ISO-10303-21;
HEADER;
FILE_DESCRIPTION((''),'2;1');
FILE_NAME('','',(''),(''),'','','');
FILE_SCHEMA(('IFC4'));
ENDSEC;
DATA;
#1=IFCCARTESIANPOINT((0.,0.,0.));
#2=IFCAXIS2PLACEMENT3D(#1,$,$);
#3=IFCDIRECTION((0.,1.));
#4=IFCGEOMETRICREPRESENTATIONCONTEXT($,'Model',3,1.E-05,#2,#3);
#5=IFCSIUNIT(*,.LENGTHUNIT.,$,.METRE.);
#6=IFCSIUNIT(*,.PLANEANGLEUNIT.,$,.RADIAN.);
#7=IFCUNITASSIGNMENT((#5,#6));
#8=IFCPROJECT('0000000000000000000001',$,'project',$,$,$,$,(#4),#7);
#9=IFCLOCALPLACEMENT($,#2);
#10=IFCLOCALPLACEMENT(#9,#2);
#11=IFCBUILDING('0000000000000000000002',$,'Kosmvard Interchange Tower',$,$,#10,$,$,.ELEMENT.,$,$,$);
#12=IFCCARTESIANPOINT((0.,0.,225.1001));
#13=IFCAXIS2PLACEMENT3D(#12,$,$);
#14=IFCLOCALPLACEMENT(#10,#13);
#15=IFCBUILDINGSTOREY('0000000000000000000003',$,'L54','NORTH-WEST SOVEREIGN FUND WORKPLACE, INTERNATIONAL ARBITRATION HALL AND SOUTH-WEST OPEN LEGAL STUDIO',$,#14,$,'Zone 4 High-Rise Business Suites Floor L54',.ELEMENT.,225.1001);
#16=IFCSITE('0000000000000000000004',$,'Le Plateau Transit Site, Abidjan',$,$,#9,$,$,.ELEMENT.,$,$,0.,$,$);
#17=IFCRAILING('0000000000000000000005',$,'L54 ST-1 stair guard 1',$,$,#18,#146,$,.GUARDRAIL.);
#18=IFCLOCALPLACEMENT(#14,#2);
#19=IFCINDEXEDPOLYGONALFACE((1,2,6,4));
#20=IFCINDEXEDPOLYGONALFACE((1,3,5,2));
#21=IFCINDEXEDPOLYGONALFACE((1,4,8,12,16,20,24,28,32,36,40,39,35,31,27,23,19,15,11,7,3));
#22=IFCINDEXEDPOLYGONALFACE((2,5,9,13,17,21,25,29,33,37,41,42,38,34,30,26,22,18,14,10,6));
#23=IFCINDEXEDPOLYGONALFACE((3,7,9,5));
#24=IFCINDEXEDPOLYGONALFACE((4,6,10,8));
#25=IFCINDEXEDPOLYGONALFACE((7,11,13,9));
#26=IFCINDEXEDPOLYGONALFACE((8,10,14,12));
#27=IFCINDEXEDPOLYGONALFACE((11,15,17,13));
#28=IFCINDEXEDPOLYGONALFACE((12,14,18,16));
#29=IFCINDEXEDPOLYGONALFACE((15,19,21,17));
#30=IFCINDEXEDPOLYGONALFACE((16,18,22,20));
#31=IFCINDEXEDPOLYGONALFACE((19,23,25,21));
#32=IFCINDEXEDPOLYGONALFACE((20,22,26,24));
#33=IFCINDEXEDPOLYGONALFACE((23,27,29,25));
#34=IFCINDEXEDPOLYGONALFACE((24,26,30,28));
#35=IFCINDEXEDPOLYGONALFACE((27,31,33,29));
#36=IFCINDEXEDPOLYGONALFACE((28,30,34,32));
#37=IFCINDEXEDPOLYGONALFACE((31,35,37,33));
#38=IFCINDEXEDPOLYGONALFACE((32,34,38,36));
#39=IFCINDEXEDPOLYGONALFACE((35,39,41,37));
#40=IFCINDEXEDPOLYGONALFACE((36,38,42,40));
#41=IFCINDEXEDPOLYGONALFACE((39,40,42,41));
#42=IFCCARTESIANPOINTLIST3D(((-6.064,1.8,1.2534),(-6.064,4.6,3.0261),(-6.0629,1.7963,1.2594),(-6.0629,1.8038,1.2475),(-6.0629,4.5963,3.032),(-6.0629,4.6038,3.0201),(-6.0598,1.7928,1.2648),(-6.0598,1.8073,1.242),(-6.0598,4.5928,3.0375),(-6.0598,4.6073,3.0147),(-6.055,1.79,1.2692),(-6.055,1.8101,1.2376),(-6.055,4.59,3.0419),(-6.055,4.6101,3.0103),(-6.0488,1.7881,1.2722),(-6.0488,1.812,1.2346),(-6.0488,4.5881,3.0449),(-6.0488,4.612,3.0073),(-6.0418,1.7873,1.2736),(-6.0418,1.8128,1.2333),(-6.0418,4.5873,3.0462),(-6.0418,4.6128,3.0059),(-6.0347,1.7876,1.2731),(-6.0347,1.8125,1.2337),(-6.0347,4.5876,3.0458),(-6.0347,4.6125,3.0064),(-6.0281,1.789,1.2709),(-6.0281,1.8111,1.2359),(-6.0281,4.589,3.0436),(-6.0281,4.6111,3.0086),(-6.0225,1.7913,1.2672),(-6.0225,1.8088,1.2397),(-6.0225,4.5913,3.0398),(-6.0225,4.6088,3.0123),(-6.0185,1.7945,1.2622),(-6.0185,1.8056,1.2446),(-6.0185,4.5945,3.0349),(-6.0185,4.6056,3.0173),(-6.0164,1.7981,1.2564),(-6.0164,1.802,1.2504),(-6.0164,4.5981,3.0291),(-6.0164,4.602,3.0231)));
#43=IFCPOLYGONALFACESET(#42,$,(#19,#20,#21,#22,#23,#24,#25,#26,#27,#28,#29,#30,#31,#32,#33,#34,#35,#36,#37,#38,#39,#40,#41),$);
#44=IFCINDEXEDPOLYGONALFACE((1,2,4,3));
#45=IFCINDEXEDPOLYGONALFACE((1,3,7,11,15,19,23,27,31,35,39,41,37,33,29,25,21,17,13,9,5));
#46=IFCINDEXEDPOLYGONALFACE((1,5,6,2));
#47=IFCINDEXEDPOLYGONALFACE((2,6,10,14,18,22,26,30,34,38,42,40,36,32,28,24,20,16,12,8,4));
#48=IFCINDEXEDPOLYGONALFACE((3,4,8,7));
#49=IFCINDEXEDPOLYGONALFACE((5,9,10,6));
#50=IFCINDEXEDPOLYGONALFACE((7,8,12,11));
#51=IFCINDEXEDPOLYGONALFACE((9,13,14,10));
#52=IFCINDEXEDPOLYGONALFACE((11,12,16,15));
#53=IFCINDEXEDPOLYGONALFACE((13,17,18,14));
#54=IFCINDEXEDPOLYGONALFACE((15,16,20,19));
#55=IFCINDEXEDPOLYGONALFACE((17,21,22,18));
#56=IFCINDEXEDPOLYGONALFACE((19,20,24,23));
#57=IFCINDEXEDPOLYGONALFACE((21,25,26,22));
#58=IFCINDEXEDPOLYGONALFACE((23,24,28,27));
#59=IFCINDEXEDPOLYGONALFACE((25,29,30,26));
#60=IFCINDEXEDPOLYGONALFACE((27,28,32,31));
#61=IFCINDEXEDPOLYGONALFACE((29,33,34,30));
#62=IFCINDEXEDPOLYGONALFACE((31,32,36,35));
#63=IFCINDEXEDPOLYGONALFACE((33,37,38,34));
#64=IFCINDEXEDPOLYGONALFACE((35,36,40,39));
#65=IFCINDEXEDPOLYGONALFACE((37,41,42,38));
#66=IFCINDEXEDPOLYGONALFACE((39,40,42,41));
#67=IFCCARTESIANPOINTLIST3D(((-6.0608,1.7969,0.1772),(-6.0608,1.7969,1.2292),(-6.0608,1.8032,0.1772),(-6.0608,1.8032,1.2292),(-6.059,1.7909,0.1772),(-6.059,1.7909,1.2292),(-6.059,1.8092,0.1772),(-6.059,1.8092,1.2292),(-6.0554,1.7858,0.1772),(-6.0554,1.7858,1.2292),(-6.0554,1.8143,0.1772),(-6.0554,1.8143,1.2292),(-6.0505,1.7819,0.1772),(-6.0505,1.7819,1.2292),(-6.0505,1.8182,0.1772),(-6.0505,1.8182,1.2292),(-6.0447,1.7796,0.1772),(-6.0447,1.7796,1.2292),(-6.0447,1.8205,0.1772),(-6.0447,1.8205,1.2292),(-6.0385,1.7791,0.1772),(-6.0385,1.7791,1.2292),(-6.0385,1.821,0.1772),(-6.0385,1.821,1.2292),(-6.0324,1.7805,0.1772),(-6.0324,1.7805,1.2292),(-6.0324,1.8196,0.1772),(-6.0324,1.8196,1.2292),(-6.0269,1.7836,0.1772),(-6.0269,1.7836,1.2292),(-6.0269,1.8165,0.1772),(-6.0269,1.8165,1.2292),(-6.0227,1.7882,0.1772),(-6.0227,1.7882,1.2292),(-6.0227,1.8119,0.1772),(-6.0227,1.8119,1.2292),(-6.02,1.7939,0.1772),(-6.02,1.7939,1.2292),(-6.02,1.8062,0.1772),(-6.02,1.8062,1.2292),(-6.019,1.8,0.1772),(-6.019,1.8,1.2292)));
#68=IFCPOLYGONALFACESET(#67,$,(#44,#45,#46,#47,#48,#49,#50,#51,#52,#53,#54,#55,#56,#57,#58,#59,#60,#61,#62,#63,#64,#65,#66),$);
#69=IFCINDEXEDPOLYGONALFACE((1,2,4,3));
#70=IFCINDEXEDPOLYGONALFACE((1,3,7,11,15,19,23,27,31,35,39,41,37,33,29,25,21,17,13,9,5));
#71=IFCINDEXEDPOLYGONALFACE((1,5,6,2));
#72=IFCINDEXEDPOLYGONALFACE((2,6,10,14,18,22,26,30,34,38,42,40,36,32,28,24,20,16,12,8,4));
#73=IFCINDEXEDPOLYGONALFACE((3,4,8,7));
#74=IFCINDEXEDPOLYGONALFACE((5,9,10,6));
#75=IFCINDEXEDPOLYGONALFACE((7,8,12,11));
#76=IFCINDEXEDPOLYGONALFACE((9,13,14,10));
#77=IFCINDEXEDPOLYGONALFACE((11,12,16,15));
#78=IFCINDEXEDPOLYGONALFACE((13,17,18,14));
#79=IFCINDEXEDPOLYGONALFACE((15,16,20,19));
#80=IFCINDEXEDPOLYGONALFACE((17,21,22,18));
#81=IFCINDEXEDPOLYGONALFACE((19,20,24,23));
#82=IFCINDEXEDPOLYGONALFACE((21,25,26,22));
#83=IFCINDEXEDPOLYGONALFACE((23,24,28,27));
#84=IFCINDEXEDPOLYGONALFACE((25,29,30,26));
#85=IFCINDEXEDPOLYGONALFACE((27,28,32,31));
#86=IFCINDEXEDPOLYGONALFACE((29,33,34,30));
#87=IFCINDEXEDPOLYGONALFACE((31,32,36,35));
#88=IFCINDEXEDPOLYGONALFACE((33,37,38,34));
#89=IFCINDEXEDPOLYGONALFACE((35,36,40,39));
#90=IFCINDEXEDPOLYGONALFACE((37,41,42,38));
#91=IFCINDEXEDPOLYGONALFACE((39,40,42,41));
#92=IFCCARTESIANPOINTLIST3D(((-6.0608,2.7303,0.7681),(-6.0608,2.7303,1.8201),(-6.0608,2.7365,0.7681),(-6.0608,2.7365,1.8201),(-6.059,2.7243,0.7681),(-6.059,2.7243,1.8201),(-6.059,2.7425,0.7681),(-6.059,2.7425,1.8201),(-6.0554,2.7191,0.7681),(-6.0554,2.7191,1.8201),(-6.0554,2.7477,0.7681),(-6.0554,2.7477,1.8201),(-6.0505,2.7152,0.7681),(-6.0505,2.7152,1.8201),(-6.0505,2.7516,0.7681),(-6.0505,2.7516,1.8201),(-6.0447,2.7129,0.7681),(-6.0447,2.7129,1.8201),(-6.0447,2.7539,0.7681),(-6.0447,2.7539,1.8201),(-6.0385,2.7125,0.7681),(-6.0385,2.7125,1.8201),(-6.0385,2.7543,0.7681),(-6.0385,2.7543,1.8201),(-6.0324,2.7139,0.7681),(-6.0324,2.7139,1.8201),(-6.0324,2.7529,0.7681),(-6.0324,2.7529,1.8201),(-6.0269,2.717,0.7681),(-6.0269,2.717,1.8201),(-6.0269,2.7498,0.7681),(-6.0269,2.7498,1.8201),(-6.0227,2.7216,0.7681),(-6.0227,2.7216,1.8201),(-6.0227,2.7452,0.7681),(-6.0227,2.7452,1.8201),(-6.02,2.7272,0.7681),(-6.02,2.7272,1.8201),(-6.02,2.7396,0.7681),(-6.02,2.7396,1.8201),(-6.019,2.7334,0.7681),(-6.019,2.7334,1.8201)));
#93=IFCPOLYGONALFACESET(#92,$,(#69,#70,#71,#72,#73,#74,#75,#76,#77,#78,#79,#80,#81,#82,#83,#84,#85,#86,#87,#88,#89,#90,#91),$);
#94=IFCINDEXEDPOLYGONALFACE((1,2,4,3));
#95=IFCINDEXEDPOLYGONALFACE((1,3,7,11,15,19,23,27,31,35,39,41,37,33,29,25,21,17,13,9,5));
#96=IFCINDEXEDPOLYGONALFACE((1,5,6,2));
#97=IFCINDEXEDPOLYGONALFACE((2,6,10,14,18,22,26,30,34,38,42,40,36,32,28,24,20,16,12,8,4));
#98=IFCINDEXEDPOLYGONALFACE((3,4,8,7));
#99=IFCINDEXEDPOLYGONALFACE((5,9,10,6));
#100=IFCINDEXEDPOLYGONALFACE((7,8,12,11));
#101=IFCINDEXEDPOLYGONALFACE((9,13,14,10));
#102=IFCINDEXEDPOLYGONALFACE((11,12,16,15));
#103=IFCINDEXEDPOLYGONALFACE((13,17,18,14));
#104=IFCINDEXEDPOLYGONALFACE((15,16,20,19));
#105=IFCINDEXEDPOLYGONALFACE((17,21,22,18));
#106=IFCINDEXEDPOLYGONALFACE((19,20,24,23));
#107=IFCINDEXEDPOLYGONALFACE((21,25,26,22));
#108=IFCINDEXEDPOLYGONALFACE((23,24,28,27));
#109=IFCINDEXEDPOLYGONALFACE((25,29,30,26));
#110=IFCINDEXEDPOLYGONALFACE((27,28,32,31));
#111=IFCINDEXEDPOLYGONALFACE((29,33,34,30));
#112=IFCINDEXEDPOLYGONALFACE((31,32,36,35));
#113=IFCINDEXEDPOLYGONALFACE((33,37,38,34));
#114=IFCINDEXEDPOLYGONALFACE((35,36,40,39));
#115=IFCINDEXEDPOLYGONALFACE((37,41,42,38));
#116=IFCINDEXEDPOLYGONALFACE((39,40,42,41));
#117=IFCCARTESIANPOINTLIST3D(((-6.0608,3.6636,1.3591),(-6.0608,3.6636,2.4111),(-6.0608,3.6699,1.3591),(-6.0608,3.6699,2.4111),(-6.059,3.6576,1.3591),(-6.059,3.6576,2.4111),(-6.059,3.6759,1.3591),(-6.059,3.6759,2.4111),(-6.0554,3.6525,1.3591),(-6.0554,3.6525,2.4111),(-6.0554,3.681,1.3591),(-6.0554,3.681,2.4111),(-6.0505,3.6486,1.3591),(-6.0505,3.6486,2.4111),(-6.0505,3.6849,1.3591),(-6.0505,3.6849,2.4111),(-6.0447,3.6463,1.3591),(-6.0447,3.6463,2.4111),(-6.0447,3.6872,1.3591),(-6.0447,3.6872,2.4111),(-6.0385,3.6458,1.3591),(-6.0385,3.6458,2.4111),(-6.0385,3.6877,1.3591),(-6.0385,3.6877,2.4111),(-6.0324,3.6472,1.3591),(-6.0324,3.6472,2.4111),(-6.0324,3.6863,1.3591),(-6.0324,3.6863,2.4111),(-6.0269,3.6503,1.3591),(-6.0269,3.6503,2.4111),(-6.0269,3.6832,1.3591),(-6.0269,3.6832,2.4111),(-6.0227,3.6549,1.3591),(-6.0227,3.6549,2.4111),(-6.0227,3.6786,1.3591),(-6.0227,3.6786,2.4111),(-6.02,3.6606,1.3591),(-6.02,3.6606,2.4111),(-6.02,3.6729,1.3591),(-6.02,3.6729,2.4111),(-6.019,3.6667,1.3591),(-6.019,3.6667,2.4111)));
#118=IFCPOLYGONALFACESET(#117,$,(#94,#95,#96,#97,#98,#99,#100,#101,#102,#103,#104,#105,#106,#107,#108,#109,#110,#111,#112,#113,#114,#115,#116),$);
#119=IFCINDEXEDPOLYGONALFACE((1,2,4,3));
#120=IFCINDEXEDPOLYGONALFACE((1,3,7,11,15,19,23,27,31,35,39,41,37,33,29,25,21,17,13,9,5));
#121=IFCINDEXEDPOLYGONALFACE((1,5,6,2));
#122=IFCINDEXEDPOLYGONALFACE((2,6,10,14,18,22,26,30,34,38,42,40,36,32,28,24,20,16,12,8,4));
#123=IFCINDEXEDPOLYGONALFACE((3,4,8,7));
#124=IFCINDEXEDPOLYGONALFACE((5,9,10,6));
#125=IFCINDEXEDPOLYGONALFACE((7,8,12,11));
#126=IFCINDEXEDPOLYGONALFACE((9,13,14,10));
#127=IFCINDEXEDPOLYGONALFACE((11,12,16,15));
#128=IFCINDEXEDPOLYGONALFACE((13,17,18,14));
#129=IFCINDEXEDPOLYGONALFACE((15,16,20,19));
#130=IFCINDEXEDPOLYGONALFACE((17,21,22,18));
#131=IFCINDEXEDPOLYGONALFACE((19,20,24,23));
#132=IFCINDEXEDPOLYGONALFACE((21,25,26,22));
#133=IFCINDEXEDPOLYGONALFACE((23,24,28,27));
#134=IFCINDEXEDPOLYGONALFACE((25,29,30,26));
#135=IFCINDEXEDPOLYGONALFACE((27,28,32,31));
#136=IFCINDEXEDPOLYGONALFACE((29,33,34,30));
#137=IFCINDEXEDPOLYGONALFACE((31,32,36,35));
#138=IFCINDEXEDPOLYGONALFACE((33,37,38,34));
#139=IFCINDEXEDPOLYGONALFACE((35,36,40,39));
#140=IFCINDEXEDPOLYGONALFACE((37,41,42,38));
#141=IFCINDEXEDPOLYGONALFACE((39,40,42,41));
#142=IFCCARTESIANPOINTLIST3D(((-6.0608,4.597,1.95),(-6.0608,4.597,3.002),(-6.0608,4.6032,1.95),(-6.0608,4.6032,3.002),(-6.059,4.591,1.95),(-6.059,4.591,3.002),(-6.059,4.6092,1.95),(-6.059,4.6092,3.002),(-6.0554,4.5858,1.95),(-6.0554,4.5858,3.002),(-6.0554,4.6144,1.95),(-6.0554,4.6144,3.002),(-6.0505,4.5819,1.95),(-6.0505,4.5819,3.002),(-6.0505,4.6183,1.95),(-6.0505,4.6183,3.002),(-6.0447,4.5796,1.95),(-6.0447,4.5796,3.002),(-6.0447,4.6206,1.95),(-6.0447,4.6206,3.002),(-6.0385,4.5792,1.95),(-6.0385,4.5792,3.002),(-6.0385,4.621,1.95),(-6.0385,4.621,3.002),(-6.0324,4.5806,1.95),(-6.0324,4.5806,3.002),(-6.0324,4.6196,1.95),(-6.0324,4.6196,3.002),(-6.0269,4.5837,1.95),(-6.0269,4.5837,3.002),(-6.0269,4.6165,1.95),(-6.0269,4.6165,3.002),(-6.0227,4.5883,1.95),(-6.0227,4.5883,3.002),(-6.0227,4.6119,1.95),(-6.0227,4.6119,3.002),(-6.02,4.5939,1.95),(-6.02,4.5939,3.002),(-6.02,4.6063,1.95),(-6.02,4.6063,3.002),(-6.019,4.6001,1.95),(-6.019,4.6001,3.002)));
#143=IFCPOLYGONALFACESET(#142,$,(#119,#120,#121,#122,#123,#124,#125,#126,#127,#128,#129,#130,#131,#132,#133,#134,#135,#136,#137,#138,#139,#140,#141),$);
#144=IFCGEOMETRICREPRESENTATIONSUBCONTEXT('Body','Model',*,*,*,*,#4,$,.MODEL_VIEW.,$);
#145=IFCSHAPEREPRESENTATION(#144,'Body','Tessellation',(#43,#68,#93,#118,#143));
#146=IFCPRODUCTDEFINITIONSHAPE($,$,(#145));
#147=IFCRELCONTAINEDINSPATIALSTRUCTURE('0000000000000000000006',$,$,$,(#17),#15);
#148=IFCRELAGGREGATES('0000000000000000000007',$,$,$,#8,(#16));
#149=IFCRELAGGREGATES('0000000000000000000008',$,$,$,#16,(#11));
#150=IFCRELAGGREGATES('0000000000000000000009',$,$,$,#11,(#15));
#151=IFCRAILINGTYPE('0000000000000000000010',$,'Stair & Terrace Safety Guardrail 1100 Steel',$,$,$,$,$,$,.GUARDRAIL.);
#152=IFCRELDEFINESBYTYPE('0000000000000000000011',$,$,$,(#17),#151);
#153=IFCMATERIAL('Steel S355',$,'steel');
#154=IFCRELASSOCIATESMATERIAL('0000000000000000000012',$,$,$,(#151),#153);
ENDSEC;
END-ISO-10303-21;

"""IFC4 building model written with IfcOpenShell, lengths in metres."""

from ifc_helpers import new_model, si_unit, direction, frame, origin, origin_2d, place, context, subcontext, project, spatial, circle, extrude, source, transform, mapped, material, type_object, element, save


model = new_model("IFC4")

# Units and contexts
model_context = context("Model", 3, precision=1e-05, world=origin(), true_north=direction((0.0, 1.0)))
body_context = subcontext(model_context, "Body", "Model", "MODEL_VIEW")
ifc_project = project(units=[si_unit("LENGTHUNIT", "METRE"), si_unit("PLANEANGLEUNIT", "RADIAN")], contexts=[model_context])

# Site, building, storey
site_placement = place(None, origin())
site = spatial("IfcSite", under=ifc_project, at=site_placement, Name="Le Plateau Transit Site, Abidjan", CompositionType="ELEMENT", RefElevation=0.0)
building_placement = place(site_placement, origin())
building = spatial("IfcBuilding", under=site, at=building_placement, Name="Kosmvard Interchange Tower", CompositionType="ELEMENT")
storey_placement = place(building_placement, frame((0.0, 0.0, 225.1001)))
storey = spatial("IfcBuildingStorey", under=building, at=storey_placement, Name="L54", Description="NORTH-WEST SOVEREIGN FUND WORKPLACE, INTERNATIONAL ARBITRATION HALL AND SOUTH-WEST OPEN LEGAL STUDIO", LongName="Zone 4 High-Rise Business Suites Floor L54", CompositionType="ELEMENT", Elevation=225.1001)

# Shared definitions
ifc_material_1 = material(Name="Steel S355", Category="steel")

# Railing
railing_type_1 = type_object("IfcRailingType", Name="Stair & Terrace Safety Guardrail 1100 Steel", PredefinedType="GUARDRAIL", material=ifc_material_1)
shared_shape_1 = source(origin(), body_context, "Body", "SweptSolid", [
    extrude(circle(Radius=0.0239, at=origin_2d()), frame((0.0, 0.0, 1.0762), z_axis=(0.0, 0.844909, 0.53491), x_axis=(-1.0, 0.0, 0.0)), (0.0, 0.0, 1.0), 3.314),
    extrude(circle(Radius=0.021, at=origin_2d()), origin(), (0.0, 0.0, 1.0), 1.052),
    extrude(circle(Radius=0.021, at=origin_2d()), frame((0.0, 0.9333, 0.5908)), (0.0, 0.0, 1.0), 1.052),
    extrude(circle(Radius=0.021, at=origin_2d()), frame((0.0, 1.8667, 1.1819)), (0.0, 0.0, 1.0), 1.052),
    extrude(circle(Radius=0.021, at=origin_2d()), frame((0.0, 2.8, 1.7727)), (0.0, 0.0, 1.0), 1.052),
])
railing_1_placement = place(storey_placement, frame((-6.04, 1.8, 0.1772)))
element("IfcRailing", 1, at=railing_1_placement, inside=storey, type_object=railing_type_1, Name="L54 ST-1 stair guard 1", PredefinedType="GUARDRAIL", context=body_context, shape_type="MappedRepresentation", body=[
    mapped(shared_shape_1, transform((0.0, 0.0, 0.0), scale=1.0)),
])

save(model, "model.ifc")
